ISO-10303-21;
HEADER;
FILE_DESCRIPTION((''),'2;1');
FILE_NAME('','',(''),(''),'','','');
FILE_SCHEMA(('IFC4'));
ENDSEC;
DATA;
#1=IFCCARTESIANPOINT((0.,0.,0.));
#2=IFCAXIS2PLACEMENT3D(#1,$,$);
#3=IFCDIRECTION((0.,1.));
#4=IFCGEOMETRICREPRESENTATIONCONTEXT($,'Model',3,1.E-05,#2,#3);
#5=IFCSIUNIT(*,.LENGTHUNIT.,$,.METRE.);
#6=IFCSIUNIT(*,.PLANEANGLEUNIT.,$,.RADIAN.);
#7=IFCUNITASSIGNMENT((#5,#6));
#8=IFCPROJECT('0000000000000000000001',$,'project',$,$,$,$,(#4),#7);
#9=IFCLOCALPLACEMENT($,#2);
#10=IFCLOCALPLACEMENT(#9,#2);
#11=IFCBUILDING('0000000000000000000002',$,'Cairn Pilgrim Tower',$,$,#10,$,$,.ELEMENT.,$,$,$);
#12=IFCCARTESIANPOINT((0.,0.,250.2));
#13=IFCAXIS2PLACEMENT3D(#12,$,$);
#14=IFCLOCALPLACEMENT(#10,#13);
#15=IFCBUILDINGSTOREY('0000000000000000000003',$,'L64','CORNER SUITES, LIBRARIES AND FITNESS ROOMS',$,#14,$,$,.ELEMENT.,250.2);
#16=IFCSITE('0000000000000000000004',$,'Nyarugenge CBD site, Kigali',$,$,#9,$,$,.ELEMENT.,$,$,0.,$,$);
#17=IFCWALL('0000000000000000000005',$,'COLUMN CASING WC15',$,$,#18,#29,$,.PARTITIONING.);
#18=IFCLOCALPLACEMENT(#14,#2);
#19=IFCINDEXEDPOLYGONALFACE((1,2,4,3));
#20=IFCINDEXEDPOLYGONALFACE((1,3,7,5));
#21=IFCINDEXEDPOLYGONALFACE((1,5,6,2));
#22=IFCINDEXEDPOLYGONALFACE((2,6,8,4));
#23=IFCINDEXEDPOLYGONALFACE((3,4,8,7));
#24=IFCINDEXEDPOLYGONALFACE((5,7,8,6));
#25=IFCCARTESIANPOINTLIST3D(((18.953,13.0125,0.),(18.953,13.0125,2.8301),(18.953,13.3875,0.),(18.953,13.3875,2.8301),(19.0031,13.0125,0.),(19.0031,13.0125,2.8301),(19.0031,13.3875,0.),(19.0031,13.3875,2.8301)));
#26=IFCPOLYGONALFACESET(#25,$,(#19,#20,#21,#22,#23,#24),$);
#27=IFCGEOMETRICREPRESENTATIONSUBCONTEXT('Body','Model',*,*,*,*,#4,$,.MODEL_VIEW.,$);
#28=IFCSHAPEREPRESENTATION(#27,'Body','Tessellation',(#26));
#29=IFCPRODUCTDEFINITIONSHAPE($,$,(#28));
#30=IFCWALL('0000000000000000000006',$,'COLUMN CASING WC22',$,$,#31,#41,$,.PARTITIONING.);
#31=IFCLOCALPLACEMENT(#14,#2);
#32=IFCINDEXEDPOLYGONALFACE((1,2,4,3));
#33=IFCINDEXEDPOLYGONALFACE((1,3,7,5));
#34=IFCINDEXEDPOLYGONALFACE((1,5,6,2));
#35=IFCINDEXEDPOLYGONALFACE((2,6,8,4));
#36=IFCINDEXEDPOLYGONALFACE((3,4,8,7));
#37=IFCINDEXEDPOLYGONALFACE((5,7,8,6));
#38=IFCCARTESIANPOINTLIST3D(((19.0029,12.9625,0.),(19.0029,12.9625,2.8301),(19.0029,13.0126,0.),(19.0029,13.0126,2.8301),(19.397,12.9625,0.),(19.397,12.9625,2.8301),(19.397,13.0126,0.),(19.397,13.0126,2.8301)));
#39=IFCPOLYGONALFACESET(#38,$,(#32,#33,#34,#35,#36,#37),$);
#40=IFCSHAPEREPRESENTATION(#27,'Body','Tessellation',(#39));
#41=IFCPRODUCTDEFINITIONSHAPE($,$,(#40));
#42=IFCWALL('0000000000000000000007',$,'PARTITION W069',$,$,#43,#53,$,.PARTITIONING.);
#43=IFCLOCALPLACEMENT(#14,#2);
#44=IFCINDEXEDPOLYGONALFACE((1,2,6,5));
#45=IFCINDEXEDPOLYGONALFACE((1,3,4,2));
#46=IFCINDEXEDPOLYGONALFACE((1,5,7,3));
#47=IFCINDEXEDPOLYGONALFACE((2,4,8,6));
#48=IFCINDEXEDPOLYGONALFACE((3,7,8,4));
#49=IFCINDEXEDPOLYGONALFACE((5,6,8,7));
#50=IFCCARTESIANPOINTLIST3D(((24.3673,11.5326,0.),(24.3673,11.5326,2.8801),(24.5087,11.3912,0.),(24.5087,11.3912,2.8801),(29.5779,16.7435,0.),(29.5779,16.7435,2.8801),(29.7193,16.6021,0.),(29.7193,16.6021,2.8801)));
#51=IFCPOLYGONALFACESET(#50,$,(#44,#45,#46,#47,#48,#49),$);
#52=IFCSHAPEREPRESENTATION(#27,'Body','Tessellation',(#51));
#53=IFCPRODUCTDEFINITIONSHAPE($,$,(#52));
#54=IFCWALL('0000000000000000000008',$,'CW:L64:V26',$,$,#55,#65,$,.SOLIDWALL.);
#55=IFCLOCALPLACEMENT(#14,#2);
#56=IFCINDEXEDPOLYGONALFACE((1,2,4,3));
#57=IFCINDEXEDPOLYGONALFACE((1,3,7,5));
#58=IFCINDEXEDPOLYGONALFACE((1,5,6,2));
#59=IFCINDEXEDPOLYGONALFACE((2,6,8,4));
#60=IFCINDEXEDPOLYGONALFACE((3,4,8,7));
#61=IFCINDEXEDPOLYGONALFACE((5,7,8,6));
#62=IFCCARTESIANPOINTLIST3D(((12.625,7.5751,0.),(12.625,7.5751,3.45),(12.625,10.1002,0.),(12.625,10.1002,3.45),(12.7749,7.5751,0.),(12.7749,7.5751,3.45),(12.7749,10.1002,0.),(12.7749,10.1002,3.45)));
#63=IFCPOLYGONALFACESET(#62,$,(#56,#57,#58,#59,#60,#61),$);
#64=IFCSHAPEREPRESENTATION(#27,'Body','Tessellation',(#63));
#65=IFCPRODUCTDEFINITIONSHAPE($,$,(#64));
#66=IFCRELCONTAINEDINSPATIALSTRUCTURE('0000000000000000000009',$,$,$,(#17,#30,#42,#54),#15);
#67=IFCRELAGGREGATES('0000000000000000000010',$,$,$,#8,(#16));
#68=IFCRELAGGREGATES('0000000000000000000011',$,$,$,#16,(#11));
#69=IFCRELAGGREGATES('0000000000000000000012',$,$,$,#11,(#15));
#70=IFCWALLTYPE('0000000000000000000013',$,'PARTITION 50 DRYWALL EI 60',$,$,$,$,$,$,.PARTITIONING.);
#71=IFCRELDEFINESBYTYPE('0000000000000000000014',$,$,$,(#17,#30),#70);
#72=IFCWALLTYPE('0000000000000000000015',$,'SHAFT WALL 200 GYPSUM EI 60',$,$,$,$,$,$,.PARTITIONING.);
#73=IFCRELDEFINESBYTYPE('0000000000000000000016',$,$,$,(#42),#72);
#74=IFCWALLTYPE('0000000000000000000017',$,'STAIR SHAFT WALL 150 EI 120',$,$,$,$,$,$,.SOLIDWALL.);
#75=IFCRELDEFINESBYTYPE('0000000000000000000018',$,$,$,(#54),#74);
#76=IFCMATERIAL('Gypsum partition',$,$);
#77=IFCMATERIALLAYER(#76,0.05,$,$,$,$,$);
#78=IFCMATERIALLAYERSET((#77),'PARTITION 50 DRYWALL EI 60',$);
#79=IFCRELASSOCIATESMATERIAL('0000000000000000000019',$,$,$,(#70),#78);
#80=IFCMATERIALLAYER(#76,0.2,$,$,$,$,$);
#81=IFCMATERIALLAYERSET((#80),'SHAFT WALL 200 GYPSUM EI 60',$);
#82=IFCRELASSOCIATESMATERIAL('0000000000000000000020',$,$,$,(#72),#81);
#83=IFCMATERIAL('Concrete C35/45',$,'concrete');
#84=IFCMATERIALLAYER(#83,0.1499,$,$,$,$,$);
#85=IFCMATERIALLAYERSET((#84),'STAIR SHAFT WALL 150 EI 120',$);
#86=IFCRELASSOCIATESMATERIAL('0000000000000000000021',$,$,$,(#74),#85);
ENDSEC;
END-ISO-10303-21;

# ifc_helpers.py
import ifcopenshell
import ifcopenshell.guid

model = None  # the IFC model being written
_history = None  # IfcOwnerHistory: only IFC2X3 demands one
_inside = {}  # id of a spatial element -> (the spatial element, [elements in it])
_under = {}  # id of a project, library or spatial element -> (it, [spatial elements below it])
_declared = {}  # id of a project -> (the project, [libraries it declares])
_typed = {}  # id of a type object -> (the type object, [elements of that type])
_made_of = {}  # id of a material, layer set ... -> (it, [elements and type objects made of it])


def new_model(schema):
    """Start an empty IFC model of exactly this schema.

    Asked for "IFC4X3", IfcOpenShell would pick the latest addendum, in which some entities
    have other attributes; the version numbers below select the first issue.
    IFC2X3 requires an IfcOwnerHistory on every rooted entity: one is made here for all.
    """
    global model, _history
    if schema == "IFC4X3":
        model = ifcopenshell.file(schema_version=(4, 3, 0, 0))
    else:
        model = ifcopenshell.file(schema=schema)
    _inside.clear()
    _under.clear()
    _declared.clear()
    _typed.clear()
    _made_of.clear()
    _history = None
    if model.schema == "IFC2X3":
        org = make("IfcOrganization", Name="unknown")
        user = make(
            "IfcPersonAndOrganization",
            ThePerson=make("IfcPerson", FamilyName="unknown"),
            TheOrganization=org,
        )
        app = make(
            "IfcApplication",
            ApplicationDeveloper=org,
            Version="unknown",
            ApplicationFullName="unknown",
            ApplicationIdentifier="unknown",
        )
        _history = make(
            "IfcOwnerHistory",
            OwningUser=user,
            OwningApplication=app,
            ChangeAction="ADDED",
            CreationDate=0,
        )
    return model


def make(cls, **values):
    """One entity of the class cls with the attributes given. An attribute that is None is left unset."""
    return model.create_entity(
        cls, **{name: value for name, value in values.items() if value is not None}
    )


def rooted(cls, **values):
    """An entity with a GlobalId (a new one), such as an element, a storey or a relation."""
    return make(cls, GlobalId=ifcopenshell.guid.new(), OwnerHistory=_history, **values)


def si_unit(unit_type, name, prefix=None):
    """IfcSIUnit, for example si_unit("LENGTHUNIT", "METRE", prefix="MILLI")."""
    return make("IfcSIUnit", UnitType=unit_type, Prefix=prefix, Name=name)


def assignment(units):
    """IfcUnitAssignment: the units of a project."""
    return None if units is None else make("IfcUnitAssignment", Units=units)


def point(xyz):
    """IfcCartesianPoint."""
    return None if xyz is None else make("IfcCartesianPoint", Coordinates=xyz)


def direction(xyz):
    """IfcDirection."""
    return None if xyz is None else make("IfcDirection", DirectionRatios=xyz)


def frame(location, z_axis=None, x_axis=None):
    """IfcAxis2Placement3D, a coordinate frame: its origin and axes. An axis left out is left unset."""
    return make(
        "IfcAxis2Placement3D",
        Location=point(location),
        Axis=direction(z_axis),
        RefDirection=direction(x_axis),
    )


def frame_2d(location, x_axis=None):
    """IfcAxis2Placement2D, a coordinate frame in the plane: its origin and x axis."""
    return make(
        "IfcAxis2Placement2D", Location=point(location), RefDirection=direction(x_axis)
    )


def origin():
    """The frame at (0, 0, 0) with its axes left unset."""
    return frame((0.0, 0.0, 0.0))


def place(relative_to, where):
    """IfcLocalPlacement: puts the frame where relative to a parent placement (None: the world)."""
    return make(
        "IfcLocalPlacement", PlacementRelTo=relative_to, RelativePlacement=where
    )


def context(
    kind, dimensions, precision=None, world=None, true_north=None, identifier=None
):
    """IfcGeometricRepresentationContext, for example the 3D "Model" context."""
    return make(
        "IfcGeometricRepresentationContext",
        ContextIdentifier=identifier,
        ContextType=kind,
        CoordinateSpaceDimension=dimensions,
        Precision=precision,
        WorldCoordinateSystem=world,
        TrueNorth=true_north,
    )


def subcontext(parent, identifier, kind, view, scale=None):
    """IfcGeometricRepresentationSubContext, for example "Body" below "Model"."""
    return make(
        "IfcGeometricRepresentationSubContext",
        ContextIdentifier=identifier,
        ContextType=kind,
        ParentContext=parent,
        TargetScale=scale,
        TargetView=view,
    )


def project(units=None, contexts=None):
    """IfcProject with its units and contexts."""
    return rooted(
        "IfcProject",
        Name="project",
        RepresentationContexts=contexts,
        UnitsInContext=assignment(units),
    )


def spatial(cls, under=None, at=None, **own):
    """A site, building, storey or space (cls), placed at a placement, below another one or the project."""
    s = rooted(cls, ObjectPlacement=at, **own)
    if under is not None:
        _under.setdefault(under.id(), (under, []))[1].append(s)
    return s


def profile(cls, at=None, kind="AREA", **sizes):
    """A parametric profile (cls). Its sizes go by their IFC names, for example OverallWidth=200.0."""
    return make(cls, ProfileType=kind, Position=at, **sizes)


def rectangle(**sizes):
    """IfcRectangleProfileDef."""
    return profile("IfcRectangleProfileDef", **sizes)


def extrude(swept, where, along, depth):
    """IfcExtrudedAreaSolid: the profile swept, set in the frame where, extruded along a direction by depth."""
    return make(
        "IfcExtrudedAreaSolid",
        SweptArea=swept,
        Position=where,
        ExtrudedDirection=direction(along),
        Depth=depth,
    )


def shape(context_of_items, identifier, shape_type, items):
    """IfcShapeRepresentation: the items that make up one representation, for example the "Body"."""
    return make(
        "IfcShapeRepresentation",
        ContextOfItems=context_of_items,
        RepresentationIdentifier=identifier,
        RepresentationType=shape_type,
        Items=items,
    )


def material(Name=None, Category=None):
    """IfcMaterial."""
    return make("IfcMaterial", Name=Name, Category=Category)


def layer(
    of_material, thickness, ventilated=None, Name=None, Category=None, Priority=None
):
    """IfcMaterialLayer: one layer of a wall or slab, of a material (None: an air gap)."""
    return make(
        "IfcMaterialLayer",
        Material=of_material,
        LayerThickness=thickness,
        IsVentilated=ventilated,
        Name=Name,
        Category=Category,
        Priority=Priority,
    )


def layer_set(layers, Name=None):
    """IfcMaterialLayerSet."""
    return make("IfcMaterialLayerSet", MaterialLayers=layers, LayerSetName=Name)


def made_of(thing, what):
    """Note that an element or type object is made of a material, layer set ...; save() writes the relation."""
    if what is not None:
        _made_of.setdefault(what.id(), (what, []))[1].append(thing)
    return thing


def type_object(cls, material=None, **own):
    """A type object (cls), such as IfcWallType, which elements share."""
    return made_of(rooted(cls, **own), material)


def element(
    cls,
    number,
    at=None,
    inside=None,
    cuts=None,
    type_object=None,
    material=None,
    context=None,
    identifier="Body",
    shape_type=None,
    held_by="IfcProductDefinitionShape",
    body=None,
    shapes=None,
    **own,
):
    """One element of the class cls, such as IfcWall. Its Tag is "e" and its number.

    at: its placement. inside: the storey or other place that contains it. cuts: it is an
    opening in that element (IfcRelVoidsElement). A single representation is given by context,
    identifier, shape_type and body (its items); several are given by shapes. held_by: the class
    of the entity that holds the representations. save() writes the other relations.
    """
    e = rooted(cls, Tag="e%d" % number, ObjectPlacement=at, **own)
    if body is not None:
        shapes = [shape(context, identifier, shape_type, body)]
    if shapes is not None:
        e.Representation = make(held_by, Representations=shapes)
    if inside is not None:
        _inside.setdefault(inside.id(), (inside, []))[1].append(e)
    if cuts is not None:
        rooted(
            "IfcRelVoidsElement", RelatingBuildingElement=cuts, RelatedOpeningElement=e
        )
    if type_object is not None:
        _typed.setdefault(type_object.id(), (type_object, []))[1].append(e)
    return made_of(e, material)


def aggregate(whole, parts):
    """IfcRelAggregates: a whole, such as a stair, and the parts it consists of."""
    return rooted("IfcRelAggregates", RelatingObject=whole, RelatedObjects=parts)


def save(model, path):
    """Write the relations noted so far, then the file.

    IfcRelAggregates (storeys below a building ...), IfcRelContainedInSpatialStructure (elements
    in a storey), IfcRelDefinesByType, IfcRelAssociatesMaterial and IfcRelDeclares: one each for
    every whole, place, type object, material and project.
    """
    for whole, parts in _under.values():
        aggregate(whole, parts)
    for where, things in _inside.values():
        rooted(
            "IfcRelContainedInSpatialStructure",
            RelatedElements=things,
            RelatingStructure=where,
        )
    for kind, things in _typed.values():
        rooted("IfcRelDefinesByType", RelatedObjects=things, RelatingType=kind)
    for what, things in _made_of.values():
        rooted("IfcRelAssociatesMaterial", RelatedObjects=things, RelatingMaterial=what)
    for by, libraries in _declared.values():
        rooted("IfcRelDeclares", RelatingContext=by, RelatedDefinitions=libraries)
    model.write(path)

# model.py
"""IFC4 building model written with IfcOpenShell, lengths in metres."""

from ifc_helpers import new_model, si_unit, direction, frame, frame_2d, origin, place, context, subcontext, project, spatial, rectangle, extrude, material, layer, layer_set, type_object, element, save


model = new_model("IFC4")

# Units and contexts
model_context = context("Model", 3, precision=1e-05, world=origin(), true_north=direction((0.0, 1.0)))
body_context = subcontext(model_context, "Body", "Model", "MODEL_VIEW")
ifc_project = project(units=[si_unit("LENGTHUNIT", "METRE"), si_unit("PLANEANGLEUNIT", "RADIAN")], contexts=[model_context])

# Site, building, storey
site_placement = place(None, origin())
site = spatial("IfcSite", under=ifc_project, at=site_placement, Name="Nyarugenge CBD site, Kigali", CompositionType="ELEMENT", RefElevation=0.0)
building_placement = place(site_placement, origin())
building = spatial("IfcBuilding", under=site, at=building_placement, Name="Cairn Pilgrim Tower", CompositionType="ELEMENT")
storey_placement = place(building_placement, frame((0.0, 0.0, 250.2)))
storey = spatial("IfcBuildingStorey", under=building, at=storey_placement, Name="L64", Description="CORNER SUITES, LIBRARIES AND FITNESS ROOMS", CompositionType="ELEMENT", Elevation=250.2)

# Shared definitions
ifc_material_1 = material(Name="Gypsum partition")

# Walls
ifc_layer_1 = layer(ifc_material_1, 0.05)
ifc_layer_set_1 = layer_set([ifc_layer_1], Name="PARTITION 50 DRYWALL EI 60")
wall_type_1 = type_object("IfcWallType", Name="PARTITION 50 DRYWALL EI 60", PredefinedType="PARTITIONING", material=ifc_layer_set_1)
wall_1_placement = place(storey_placement, frame((18.978, 13.0125, 0.0), z_axis=(0.0, 0.0, 1.0), x_axis=(0.0, 1.0, 0.0)))
element("IfcWall", 1, at=wall_1_placement, inside=storey, type_object=wall_type_1, Name="COLUMN CASING WC15", PredefinedType="PARTITIONING", context=body_context, shape_type="SweptSolid", body=[
    extrude(rectangle(XDim=0.375, YDim=0.05, at=frame_2d((0.1875, 0.0))), origin(), (0.0, 0.0, 1.0), 2.8301),
])
wall_2_placement = place(storey_placement, frame((19.0029, 12.9875, 0.0), z_axis=(0.0, 0.0, 1.0), x_axis=(1.0, 0.0, 0.0)))
element("IfcWall", 2, at=wall_2_placement, inside=storey, type_object=wall_type_1, Name="COLUMN CASING WC22", PredefinedType="PARTITIONING", context=body_context, shape_type="SweptSolid", body=[
    extrude(rectangle(XDim=0.394, YDim=0.05, at=frame_2d((0.197, 0.0))), origin(), (0.0, 0.0, 1.0), 2.8301),
])
ifc_layer_2 = layer(ifc_material_1, 0.2)
ifc_layer_set_2 = layer_set([ifc_layer_2], Name="SHAFT WALL 200 GYPSUM EI 60")
wall_type_2 = type_object("IfcWallType", Name="SHAFT WALL 200 GYPSUM EI 60", PredefinedType="PARTITIONING", material=ifc_layer_set_2)
wall_3_placement = place(storey_placement, frame((24.438, 11.4619, 0.0), z_axis=(0.0, 0.0, 1.0), x_axis=(0.70709, 0.707123, 0.0)))
element("IfcWall", 3, at=wall_3_placement, inside=storey, type_object=wall_type_2, Name="PARTITION W069", PredefinedType="PARTITIONING", context=body_context, shape_type="SweptSolid", body=[
    extrude(rectangle(XDim=7.3691, YDim=0.2, at=frame_2d((3.6846, 0.0))), origin(), (0.0, 0.0, 1.0), 2.8801),
])
ifc_material_2 = material(Name="Concrete C35/45", Category="concrete")
ifc_layer_3 = layer(ifc_material_2, 0.1499)
ifc_layer_set_3 = layer_set([ifc_layer_3], Name="STAIR SHAFT WALL 150 EI 120")
wall_type_3 = type_object("IfcWallType", Name="STAIR SHAFT WALL 150 EI 120", PredefinedType="SOLIDWALL", material=ifc_layer_set_3)
wall_4_placement = place(storey_placement, frame((12.7, 7.575, 0.0), z_axis=(0.0, 0.0, 1.0), x_axis=(0.0, 1.0, 0.0)))
element("IfcWall", 4, at=wall_4_placement, inside=storey, type_object=wall_type_3, Name="CW:L64:V26", PredefinedType="SOLIDWALL", context=body_context, shape_type="SweptSolid", body=[
    extrude(rectangle(XDim=2.5251, YDim=0.1499, at=frame_2d((1.2627, 0.0))), origin(), (0.0, 0.0, 1.0), 3.45),
])

save(model, "model.ifc")
